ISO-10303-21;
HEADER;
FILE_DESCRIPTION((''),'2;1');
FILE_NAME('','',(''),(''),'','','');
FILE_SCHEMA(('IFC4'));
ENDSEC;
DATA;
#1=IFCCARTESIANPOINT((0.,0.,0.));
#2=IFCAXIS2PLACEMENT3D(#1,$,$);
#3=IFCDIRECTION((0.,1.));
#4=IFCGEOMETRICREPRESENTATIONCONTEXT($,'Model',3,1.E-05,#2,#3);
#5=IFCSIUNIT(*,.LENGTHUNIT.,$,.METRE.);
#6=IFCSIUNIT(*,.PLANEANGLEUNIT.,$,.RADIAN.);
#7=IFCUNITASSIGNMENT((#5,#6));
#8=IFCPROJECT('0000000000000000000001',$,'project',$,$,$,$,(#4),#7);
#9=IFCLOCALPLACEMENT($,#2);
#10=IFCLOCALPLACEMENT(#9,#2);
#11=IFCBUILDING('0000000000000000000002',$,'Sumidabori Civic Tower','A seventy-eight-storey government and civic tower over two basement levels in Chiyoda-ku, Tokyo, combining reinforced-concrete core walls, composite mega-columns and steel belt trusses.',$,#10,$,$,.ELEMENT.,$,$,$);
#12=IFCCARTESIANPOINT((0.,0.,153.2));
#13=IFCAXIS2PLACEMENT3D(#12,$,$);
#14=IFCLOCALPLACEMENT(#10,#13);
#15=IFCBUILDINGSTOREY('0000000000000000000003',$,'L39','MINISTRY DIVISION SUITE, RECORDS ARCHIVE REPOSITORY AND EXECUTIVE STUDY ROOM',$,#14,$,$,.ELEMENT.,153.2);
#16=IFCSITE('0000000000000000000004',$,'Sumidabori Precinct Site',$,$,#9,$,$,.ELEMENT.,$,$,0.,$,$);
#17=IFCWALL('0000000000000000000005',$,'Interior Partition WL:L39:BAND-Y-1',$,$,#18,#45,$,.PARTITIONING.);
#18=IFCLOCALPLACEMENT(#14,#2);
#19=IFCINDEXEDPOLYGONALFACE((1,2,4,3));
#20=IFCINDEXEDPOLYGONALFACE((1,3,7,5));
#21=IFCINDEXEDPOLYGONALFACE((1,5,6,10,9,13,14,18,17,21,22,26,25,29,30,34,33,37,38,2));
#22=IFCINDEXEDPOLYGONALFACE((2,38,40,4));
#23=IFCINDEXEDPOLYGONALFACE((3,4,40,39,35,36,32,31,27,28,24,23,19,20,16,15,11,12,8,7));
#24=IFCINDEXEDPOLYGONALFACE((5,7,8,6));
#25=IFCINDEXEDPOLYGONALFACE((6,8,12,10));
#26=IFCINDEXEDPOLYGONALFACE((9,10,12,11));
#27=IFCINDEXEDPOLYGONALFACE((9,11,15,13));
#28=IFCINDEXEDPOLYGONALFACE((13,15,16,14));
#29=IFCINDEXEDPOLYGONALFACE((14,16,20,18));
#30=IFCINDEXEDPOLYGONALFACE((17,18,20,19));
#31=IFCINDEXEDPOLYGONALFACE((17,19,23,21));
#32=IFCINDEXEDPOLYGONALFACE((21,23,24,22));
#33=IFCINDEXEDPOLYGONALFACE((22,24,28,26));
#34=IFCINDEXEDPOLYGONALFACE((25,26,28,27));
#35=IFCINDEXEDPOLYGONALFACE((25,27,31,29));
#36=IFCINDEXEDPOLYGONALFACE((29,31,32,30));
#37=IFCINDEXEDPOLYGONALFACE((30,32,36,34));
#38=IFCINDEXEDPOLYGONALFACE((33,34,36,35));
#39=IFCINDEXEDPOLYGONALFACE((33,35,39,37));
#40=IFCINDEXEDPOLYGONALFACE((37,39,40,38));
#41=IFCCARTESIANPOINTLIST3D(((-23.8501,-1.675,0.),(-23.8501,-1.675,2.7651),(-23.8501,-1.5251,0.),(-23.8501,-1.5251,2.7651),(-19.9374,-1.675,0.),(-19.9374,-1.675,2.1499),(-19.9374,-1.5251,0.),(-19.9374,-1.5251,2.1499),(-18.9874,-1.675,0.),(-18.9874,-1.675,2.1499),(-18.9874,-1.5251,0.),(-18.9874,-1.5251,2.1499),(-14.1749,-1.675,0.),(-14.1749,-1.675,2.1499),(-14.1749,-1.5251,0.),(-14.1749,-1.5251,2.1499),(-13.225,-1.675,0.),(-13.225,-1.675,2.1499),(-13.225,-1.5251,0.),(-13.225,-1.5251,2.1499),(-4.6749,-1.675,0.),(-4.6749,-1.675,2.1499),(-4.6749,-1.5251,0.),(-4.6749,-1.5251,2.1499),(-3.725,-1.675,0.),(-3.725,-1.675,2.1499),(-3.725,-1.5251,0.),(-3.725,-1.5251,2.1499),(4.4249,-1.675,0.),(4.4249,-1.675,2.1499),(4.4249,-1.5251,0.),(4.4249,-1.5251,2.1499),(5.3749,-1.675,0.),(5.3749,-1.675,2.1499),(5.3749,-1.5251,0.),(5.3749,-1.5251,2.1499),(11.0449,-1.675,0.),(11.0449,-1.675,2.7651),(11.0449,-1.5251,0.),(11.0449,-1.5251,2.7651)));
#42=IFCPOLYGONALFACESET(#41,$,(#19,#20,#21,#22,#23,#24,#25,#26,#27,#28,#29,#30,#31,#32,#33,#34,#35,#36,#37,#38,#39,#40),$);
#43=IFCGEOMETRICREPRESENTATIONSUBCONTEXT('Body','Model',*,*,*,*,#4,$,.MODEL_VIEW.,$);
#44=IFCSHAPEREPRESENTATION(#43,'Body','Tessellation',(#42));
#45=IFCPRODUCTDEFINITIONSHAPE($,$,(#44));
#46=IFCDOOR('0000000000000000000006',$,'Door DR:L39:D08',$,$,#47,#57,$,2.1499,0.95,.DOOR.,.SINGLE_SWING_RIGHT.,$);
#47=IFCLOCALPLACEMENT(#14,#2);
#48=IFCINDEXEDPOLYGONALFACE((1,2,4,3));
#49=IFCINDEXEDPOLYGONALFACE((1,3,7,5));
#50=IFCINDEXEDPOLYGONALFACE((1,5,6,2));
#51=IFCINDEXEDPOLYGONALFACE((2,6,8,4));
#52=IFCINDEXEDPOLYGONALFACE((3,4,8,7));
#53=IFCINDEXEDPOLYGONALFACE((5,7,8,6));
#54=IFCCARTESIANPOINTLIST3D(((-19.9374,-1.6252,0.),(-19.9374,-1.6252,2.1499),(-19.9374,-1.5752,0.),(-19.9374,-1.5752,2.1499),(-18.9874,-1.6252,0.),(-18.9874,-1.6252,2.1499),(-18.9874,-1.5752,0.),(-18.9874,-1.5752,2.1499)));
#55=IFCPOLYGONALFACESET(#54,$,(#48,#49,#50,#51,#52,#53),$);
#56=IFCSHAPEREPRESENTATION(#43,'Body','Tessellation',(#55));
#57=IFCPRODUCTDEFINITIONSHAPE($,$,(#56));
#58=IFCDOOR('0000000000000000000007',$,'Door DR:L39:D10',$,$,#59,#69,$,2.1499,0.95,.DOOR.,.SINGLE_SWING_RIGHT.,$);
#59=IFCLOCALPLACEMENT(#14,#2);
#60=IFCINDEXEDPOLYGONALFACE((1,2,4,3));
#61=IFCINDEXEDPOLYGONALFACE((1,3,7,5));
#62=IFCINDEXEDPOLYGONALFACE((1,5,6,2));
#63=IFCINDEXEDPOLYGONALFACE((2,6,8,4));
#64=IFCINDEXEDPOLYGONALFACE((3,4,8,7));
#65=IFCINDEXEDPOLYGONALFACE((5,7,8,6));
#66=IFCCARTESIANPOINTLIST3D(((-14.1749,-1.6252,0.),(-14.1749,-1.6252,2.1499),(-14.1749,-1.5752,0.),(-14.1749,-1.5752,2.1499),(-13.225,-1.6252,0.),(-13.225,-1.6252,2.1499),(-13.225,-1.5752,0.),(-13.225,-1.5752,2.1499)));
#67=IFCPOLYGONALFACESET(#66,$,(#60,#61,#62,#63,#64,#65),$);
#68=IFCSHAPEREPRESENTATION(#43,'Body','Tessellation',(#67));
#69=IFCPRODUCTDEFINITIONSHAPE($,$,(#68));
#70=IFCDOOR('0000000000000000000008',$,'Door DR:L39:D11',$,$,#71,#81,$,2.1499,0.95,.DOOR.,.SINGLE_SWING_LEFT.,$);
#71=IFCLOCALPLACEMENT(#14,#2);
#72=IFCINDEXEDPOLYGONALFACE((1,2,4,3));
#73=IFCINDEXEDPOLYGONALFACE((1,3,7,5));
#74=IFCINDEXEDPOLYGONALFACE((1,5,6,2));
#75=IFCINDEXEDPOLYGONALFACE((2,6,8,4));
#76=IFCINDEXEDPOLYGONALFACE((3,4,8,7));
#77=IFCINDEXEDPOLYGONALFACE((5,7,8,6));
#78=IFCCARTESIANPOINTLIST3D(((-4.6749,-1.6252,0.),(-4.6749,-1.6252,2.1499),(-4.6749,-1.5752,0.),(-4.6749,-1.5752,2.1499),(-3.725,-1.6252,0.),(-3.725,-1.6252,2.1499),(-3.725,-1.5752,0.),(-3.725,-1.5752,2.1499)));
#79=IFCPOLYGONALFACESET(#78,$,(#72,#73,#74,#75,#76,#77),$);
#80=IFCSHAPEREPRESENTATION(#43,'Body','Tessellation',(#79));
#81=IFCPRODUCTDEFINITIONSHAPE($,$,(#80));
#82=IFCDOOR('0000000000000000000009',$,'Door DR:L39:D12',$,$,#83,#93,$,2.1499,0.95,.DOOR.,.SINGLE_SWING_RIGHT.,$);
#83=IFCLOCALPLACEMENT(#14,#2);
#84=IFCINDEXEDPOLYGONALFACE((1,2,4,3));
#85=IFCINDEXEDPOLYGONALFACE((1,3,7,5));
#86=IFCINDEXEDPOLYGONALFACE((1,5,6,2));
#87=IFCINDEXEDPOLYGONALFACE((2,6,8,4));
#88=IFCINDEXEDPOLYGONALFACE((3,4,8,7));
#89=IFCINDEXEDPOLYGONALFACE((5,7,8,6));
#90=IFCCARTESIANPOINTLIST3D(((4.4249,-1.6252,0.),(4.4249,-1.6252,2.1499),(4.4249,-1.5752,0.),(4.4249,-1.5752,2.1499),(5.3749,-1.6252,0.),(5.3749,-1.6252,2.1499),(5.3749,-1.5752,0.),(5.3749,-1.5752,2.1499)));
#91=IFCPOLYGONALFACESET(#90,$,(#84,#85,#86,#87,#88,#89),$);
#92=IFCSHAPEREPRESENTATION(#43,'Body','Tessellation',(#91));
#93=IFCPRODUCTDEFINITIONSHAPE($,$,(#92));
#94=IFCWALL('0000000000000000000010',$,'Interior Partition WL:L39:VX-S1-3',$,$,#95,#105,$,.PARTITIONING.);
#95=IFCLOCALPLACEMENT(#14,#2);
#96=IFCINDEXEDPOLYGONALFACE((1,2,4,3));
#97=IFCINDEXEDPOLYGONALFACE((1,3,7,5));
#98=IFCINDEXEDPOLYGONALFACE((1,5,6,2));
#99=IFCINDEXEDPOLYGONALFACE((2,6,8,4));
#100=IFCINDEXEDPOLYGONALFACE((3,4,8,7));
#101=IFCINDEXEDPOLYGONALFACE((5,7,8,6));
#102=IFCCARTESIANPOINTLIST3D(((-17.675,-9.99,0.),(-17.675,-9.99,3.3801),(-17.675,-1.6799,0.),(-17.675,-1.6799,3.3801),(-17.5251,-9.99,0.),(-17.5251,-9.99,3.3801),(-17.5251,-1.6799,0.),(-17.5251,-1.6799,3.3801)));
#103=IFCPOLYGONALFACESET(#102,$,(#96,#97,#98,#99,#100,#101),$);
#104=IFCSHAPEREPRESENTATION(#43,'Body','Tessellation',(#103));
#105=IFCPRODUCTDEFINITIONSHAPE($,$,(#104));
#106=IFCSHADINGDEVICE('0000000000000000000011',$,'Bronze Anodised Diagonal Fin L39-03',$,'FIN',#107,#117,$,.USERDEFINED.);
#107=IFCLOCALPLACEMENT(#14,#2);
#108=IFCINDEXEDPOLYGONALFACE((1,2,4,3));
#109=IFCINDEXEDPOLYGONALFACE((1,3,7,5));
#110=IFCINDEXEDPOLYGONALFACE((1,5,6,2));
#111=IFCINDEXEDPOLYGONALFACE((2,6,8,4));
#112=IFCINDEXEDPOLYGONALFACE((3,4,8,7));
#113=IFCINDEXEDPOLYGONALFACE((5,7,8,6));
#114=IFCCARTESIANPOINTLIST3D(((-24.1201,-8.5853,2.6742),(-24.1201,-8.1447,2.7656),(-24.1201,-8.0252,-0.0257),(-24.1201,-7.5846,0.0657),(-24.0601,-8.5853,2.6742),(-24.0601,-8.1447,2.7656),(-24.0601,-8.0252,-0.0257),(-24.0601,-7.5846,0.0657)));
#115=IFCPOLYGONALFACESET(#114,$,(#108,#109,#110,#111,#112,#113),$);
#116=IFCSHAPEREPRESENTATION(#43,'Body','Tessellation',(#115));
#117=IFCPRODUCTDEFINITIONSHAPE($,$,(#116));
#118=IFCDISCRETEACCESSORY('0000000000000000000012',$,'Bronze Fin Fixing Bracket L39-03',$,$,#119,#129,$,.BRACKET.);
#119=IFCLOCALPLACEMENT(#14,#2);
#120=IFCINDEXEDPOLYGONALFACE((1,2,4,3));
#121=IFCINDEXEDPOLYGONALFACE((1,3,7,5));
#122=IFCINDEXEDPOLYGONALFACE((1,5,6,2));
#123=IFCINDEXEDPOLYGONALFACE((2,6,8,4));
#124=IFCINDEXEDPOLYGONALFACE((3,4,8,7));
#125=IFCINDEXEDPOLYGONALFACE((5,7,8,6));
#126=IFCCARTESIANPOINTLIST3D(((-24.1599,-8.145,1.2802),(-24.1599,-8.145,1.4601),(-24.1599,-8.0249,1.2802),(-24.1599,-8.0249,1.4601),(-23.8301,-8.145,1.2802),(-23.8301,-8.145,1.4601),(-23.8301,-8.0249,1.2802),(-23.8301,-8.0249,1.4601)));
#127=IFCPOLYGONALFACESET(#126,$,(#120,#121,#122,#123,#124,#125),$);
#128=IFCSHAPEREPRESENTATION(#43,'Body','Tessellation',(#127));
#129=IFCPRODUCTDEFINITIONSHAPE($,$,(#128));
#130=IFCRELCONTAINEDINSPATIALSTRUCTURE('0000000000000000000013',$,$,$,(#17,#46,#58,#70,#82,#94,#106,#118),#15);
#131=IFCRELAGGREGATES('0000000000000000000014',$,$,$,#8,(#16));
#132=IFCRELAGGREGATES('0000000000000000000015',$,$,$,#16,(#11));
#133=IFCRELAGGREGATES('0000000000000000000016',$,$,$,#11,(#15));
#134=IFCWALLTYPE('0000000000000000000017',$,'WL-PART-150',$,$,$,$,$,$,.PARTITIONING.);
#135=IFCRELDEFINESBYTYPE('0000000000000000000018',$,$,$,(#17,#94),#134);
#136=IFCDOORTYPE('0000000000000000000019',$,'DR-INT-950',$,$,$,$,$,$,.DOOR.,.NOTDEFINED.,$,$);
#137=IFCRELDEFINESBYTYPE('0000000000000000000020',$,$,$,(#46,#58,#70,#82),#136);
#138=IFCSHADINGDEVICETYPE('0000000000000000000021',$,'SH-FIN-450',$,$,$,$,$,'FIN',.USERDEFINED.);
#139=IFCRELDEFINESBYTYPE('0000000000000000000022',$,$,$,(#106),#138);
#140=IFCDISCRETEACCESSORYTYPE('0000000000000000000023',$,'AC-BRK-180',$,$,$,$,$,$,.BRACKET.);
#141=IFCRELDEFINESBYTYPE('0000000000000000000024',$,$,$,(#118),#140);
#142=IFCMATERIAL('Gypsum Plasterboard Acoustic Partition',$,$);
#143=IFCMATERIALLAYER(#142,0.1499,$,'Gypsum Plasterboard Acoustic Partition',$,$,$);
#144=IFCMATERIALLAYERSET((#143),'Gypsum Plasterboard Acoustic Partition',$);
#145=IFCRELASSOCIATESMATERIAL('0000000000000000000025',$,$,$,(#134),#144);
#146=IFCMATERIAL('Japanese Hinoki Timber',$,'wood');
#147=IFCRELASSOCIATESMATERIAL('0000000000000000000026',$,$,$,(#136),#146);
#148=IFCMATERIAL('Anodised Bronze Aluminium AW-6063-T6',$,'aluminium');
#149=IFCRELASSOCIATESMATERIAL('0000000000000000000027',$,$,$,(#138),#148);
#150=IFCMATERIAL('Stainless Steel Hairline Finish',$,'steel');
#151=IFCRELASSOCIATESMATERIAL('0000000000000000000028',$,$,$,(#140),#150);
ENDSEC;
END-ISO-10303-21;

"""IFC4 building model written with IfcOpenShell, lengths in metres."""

from ifc_helpers import new_model, si_unit, direction, frame, frame_2d, origin, origin_2d, place, context, subcontext, project, spatial, rectangle, extrude, source, transform, mapped, material, layer, layer_set, material_profile, profile_set, type_object, element, fill, save


model = new_model("IFC4")

# Units and contexts
model_context = context("Model", 3, precision=1e-05, world=origin(), true_north=direction((0.0, 1.0)))
body_context = subcontext(model_context, "Body", "Model", "MODEL_VIEW")
ifc_project = project(units=[si_unit("LENGTHUNIT", "METRE"), si_unit("PLANEANGLEUNIT", "RADIAN")], contexts=[model_context])

# Site, building, storey
site_placement = place(None, origin())
site = spatial("IfcSite", under=ifc_project, at=site_placement, Name="Sumidabori Precinct Site", CompositionType="ELEMENT", RefElevation=0.0)
building_placement = place(site_placement, origin())
building = spatial("IfcBuilding", under=site, at=building_placement, Name="Sumidabori Civic Tower", Description="A seventy-eight-storey government and civic tower over two basement levels in Chiyoda-ku, Tokyo, combining reinforced-concrete core walls, composite mega-columns and steel belt trusses.", CompositionType="ELEMENT")
storey_placement = place(building_placement, frame((0.0, 0.0, 153.2)))
storey = spatial("IfcBuildingStorey", under=building, at=storey_placement, Name="L39", Description="MINISTRY DIVISION SUITE, RECORDS ARCHIVE REPOSITORY AND EXECUTIVE STUDY ROOM", CompositionType="ELEMENT", Elevation=153.2)

# Shared definitions
ifc_material_1 = material(Name="Anodised Bronze Aluminium AW-6063-T6", Category="aluminium")

# Shared definitions
ifc_material_2 = material(Name="Gypsum Plasterboard Acoustic Partition")
ifc_layer_1 = layer(ifc_material_2, 0.1499, Name="Gypsum Plasterboard Acoustic Partition")
ifc_layer_set_1 = layer_set([ifc_layer_1], Name="Gypsum Plasterboard Acoustic Partition")
wall_type = type_object("IfcWallType", Name="WL-PART-150", PredefinedType="PARTITIONING", material=ifc_layer_set_1)

# Wall, openings, doors
shared_shape_1 = source(origin(), body_context, "Body", "SweptSolid", [
    extrude(rectangle(XDim=34.895, YDim=0.1499, at=frame_2d((17.4475, 0.0))), origin(), (0.0, 0.0, 1.0), 2.7651),
])
wall_1_placement = place(storey_placement, frame((-23.8501, -1.6001, 0.0), z_axis=(0.0, 0.0, 1.0), x_axis=(1.0, 0.0, 0.0)))
wall_1 = element("IfcWall", 1, at=wall_1_placement, inside=storey, type_object=wall_type, Name="Interior Partition WL:L39:BAND-Y-1", PredefinedType="PARTITIONING", context=body_context, shape_type="MappedRepresentation", body=[
    mapped(shared_shape_1, transform((0.0, 0.0, 0.0), x_axis=(1.0, 0.0, 0.0), y_axis=(0.0, 1.0, 0.0), z_axis=(0.0, 0.0, 1.0), scale=1.0)),
])
opening_1_placement = place(wall_1_placement, frame((3.9126, 0.0, 0.0)))
opening_1 = element("IfcOpeningElement", 2, at=opening_1_placement, cuts=wall_1, PredefinedType="OPENING", context=body_context, shape_type="SweptSolid", body=[
    extrude(rectangle(XDim=0.95, YDim=2.1499, at=frame_2d((0.4751, 1.075))), frame((0.0, 0.0869, 0.0), z_axis=(0.0, -1.0, 0.0), x_axis=(1.0, 0.0, 0.0)), (0.0, 0.0, 1.0), 0.1738),
])
opening_2_placement = place(wall_1_placement, frame((9.675, 0.0, 0.0)))
opening_2 = element("IfcOpeningElement", 3, at=opening_2_placement, cuts=wall_1, PredefinedType="OPENING", context=body_context, shape_type="SweptSolid", body=[
    extrude(rectangle(XDim=0.95, YDim=2.1499, at=frame_2d((0.4751, 1.075))), frame((0.0, 0.0869, 0.0), z_axis=(0.0, -1.0, 0.0), x_axis=(1.0, 0.0, 0.0)), (0.0, 0.0, 1.0), 0.1738),
])
opening_3_placement = place(wall_1_placement, frame((19.175, 0.0, 0.0)))
opening_3 = element("IfcOpeningElement", 4, at=opening_3_placement, cuts=wall_1, PredefinedType="OPENING", context=body_context, shape_type="SweptSolid", body=[
    extrude(rectangle(XDim=0.95, YDim=2.1499, at=frame_2d((0.4751, 1.075))), frame((0.0, 0.0869, 0.0), z_axis=(0.0, -1.0, 0.0), x_axis=(1.0, 0.0, 0.0)), (0.0, 0.0, 1.0), 0.1738),
])
opening_4_placement = place(wall_1_placement, frame((28.2749, 0.0, 0.0)))
opening_4 = element("IfcOpeningElement", 5, at=opening_4_placement, cuts=wall_1, PredefinedType="OPENING", context=body_context, shape_type="SweptSolid", body=[
    extrude(rectangle(XDim=0.95, YDim=2.1499, at=frame_2d((0.4751, 1.075))), frame((0.0, 0.0869, 0.0), z_axis=(0.0, -1.0, 0.0), x_axis=(1.0, 0.0, 0.0)), (0.0, 0.0, 1.0), 0.1738),
])
ifc_material_3 = material(Name="Japanese Hinoki Timber", Category="wood")
door_type = type_object("IfcDoorType", Name="DR-INT-950", OperationType="NOTDEFINED", PredefinedType="DOOR", material=ifc_material_3)
shared_shape_2 = source(origin(), body_context, "Body", "SweptSolid", [
    extrude(rectangle(XDim=0.95, YDim=2.1499, at=frame_2d((0.4751, 1.075))), frame((0.0, 0.0249, 0.0), z_axis=(0.0, -1.0, 0.0), x_axis=(1.0, 0.0, 0.0)), (0.0, 0.0, 1.0), 0.05),
])
door_1_placement = place(opening_1_placement, origin())
door_1 = element("IfcDoor", 6, at=door_1_placement, inside=storey, type_object=door_type, Name="Door DR:L39:D08", OperationType="SINGLE_SWING_RIGHT", OverallHeight=2.1499, OverallWidth=0.95, PredefinedType="DOOR", context=body_context, shape_type="MappedRepresentation", body=[
    mapped(shared_shape_2, transform((0.0, 0.0, 0.0), x_axis=(1.0, 0.0, 0.0), y_axis=(0.0, 1.0, 0.0), z_axis=(0.0, 0.0, 1.0), scale=1.0)),
])
fill(opening_1, door_1)
door_2_placement = place(opening_2_placement, origin())
door_2 = element("IfcDoor", 7, at=door_2_placement, inside=storey, type_object=door_type, Name="Door DR:L39:D10", OperationType="SINGLE_SWING_RIGHT", OverallHeight=2.1499, OverallWidth=0.95, PredefinedType="DOOR", context=body_context, shape_type="MappedRepresentation", body=[
    mapped(shared_shape_2, transform((0.0, 0.0, 0.0), x_axis=(1.0, 0.0, 0.0), y_axis=(0.0, 1.0, 0.0), z_axis=(0.0, 0.0, 1.0), scale=1.0)),
])
fill(opening_2, door_2)
door_3_placement = place(opening_3_placement, origin())
door_3 = element("IfcDoor", 8, at=door_3_placement, inside=storey, type_object=door_type, Name="Door DR:L39:D11", OperationType="SINGLE_SWING_LEFT", OverallHeight=2.1499, OverallWidth=0.95, PredefinedType="DOOR", context=body_context, shape_type="MappedRepresentation", body=[
    mapped(shared_shape_2, transform((0.0, 0.0, 0.0), x_axis=(1.0, 0.0, 0.0), y_axis=(0.0, 1.0, 0.0), z_axis=(0.0, 0.0, 1.0), scale=1.0)),
])
fill(opening_3, door_3)
door_4_placement = place(opening_4_placement, origin())
door_4 = element("IfcDoor", 9, at=door_4_placement, inside=storey, type_object=door_type, Name="Door DR:L39:D12", OperationType="SINGLE_SWING_RIGHT", OverallHeight=2.1499, OverallWidth=0.95, PredefinedType="DOOR", context=body_context, shape_type="MappedRepresentation", body=[
    mapped(shared_shape_2, transform((0.0, 0.0, 0.0), x_axis=(1.0, 0.0, 0.0), y_axis=(0.0, 1.0, 0.0), z_axis=(0.0, 0.0, 1.0), scale=1.0)),
])
fill(opening_4, door_4)

# Wall
shared_shape_3 = source(origin(), body_context, "Body", "SweptSolid", [
    extrude(rectangle(XDim=8.3101, YDim=0.1499, at=frame_2d((4.155, 0.0))), origin(), (0.0, 0.0, 1.0), 3.3801),
])
wall_2_placement = place(storey_placement, frame((-17.6001, -9.99, 0.0), z_axis=(0.0, 0.0, 1.0), x_axis=(0.0, 1.0, 0.0)))
element("IfcWall", 10, at=wall_2_placement, inside=storey, type_object=wall_type, Name="Interior Partition WL:L39:VX-S1-3", PredefinedType="PARTITIONING", context=body_context, shape_type="MappedRepresentation", body=[
    mapped(shared_shape_3, transform((0.0, 0.0, 0.0), x_axis=(1.0, 0.0, 0.0), y_axis=(0.0, 1.0, 0.0), z_axis=(0.0, 0.0, 1.0), scale=1.0)),
])

# Shading device
ifc_material_profile_1 = material_profile(ifc_material_1, rectangle(XDim=0.0601, YDim=0.45, at=origin_2d()), Name="BRONZE FIN 450x60")
ifc_profile_set_1 = profile_set([ifc_material_profile_1], Name="Anodised Bronze Aluminium AW-6063-T6")
shading_device_type = type_object("IfcShadingDeviceType", Name="SH-FIN-450", ElementType="FIN", PredefinedType="USERDEFINED", material=ifc_profile_set_1)
shared_shape_4 = source(origin(), body_context, "Body", "SweptSolid", [
    extrude(rectangle(XDim=0.0601, YDim=0.45, at=origin_2d()), origin(), (0.0, 0.0, 1.0), 2.7573),
])
shading_device_placement = place(storey_placement, frame((-24.0901, -7.8049, 0.02), z_axis=(0.0, -0.203109, 0.979156), x_axis=(-1.0, 0.0, 0.0)))
element("IfcShadingDevice", 11, at=shading_device_placement, inside=storey, type_object=shading_device_type, Name="Bronze Anodised Diagonal Fin L39-03", ObjectType="FIN", PredefinedType="USERDEFINED", context=body_context, shape_type="MappedRepresentation", body=[
    mapped(shared_shape_4, transform((0.0, 0.0, 0.0), x_axis=(1.0, 0.0, 0.0), y_axis=(0.0, 1.0, 0.0), z_axis=(0.0, 0.0, 1.0), scale=1.0)),
])

# Discrete accessory
ifc_material_4 = material(Name="Stainless Steel Hairline Finish", Category="steel")
ifc_material_profile_2 = material_profile(ifc_material_4, rectangle(XDim=0.1201, YDim=0.1799, at=origin_2d()), Name="STEEL BRACKET 180x120")
ifc_profile_set_2 = profile_set([ifc_material_profile_2], Name="Stainless Steel Hairline Finish")
discrete_accessory_type = type_object("IfcDiscreteAccessoryType", Name="AC-BRK-180", PredefinedType="BRACKET", material=ifc_profile_set_2)
shared_shape_5 = source(origin(), body_context, "Body", "SweptSolid", [
    extrude(rectangle(XDim=0.1201, YDim=0.1799, at=origin_2d()), origin(), (0.0, 0.0, 1.0), 0.3298),
])
discrete_accessory_placement = place(storey_placement, frame((-23.8301, -8.085, 1.3701), z_axis=(-1.0, 0.0, 0.0), x_axis=(0.0, -1.0, 0.0)))
element("IfcDiscreteAccessory", 12, at=discrete_accessory_placement, inside=storey, type_object=discrete_accessory_type, Name="Bronze Fin Fixing Bracket L39-03", PredefinedType="BRACKET", context=body_context, shape_type="MappedRepresentation", body=[
    mapped(shared_shape_5, transform((0.0, 0.0, 0.0), x_axis=(1.0, 0.0, 0.0), y_axis=(0.0, 1.0, 0.0), z_axis=(0.0, 0.0, 1.0), scale=1.0)),
])

save(model, "model.ifc")
